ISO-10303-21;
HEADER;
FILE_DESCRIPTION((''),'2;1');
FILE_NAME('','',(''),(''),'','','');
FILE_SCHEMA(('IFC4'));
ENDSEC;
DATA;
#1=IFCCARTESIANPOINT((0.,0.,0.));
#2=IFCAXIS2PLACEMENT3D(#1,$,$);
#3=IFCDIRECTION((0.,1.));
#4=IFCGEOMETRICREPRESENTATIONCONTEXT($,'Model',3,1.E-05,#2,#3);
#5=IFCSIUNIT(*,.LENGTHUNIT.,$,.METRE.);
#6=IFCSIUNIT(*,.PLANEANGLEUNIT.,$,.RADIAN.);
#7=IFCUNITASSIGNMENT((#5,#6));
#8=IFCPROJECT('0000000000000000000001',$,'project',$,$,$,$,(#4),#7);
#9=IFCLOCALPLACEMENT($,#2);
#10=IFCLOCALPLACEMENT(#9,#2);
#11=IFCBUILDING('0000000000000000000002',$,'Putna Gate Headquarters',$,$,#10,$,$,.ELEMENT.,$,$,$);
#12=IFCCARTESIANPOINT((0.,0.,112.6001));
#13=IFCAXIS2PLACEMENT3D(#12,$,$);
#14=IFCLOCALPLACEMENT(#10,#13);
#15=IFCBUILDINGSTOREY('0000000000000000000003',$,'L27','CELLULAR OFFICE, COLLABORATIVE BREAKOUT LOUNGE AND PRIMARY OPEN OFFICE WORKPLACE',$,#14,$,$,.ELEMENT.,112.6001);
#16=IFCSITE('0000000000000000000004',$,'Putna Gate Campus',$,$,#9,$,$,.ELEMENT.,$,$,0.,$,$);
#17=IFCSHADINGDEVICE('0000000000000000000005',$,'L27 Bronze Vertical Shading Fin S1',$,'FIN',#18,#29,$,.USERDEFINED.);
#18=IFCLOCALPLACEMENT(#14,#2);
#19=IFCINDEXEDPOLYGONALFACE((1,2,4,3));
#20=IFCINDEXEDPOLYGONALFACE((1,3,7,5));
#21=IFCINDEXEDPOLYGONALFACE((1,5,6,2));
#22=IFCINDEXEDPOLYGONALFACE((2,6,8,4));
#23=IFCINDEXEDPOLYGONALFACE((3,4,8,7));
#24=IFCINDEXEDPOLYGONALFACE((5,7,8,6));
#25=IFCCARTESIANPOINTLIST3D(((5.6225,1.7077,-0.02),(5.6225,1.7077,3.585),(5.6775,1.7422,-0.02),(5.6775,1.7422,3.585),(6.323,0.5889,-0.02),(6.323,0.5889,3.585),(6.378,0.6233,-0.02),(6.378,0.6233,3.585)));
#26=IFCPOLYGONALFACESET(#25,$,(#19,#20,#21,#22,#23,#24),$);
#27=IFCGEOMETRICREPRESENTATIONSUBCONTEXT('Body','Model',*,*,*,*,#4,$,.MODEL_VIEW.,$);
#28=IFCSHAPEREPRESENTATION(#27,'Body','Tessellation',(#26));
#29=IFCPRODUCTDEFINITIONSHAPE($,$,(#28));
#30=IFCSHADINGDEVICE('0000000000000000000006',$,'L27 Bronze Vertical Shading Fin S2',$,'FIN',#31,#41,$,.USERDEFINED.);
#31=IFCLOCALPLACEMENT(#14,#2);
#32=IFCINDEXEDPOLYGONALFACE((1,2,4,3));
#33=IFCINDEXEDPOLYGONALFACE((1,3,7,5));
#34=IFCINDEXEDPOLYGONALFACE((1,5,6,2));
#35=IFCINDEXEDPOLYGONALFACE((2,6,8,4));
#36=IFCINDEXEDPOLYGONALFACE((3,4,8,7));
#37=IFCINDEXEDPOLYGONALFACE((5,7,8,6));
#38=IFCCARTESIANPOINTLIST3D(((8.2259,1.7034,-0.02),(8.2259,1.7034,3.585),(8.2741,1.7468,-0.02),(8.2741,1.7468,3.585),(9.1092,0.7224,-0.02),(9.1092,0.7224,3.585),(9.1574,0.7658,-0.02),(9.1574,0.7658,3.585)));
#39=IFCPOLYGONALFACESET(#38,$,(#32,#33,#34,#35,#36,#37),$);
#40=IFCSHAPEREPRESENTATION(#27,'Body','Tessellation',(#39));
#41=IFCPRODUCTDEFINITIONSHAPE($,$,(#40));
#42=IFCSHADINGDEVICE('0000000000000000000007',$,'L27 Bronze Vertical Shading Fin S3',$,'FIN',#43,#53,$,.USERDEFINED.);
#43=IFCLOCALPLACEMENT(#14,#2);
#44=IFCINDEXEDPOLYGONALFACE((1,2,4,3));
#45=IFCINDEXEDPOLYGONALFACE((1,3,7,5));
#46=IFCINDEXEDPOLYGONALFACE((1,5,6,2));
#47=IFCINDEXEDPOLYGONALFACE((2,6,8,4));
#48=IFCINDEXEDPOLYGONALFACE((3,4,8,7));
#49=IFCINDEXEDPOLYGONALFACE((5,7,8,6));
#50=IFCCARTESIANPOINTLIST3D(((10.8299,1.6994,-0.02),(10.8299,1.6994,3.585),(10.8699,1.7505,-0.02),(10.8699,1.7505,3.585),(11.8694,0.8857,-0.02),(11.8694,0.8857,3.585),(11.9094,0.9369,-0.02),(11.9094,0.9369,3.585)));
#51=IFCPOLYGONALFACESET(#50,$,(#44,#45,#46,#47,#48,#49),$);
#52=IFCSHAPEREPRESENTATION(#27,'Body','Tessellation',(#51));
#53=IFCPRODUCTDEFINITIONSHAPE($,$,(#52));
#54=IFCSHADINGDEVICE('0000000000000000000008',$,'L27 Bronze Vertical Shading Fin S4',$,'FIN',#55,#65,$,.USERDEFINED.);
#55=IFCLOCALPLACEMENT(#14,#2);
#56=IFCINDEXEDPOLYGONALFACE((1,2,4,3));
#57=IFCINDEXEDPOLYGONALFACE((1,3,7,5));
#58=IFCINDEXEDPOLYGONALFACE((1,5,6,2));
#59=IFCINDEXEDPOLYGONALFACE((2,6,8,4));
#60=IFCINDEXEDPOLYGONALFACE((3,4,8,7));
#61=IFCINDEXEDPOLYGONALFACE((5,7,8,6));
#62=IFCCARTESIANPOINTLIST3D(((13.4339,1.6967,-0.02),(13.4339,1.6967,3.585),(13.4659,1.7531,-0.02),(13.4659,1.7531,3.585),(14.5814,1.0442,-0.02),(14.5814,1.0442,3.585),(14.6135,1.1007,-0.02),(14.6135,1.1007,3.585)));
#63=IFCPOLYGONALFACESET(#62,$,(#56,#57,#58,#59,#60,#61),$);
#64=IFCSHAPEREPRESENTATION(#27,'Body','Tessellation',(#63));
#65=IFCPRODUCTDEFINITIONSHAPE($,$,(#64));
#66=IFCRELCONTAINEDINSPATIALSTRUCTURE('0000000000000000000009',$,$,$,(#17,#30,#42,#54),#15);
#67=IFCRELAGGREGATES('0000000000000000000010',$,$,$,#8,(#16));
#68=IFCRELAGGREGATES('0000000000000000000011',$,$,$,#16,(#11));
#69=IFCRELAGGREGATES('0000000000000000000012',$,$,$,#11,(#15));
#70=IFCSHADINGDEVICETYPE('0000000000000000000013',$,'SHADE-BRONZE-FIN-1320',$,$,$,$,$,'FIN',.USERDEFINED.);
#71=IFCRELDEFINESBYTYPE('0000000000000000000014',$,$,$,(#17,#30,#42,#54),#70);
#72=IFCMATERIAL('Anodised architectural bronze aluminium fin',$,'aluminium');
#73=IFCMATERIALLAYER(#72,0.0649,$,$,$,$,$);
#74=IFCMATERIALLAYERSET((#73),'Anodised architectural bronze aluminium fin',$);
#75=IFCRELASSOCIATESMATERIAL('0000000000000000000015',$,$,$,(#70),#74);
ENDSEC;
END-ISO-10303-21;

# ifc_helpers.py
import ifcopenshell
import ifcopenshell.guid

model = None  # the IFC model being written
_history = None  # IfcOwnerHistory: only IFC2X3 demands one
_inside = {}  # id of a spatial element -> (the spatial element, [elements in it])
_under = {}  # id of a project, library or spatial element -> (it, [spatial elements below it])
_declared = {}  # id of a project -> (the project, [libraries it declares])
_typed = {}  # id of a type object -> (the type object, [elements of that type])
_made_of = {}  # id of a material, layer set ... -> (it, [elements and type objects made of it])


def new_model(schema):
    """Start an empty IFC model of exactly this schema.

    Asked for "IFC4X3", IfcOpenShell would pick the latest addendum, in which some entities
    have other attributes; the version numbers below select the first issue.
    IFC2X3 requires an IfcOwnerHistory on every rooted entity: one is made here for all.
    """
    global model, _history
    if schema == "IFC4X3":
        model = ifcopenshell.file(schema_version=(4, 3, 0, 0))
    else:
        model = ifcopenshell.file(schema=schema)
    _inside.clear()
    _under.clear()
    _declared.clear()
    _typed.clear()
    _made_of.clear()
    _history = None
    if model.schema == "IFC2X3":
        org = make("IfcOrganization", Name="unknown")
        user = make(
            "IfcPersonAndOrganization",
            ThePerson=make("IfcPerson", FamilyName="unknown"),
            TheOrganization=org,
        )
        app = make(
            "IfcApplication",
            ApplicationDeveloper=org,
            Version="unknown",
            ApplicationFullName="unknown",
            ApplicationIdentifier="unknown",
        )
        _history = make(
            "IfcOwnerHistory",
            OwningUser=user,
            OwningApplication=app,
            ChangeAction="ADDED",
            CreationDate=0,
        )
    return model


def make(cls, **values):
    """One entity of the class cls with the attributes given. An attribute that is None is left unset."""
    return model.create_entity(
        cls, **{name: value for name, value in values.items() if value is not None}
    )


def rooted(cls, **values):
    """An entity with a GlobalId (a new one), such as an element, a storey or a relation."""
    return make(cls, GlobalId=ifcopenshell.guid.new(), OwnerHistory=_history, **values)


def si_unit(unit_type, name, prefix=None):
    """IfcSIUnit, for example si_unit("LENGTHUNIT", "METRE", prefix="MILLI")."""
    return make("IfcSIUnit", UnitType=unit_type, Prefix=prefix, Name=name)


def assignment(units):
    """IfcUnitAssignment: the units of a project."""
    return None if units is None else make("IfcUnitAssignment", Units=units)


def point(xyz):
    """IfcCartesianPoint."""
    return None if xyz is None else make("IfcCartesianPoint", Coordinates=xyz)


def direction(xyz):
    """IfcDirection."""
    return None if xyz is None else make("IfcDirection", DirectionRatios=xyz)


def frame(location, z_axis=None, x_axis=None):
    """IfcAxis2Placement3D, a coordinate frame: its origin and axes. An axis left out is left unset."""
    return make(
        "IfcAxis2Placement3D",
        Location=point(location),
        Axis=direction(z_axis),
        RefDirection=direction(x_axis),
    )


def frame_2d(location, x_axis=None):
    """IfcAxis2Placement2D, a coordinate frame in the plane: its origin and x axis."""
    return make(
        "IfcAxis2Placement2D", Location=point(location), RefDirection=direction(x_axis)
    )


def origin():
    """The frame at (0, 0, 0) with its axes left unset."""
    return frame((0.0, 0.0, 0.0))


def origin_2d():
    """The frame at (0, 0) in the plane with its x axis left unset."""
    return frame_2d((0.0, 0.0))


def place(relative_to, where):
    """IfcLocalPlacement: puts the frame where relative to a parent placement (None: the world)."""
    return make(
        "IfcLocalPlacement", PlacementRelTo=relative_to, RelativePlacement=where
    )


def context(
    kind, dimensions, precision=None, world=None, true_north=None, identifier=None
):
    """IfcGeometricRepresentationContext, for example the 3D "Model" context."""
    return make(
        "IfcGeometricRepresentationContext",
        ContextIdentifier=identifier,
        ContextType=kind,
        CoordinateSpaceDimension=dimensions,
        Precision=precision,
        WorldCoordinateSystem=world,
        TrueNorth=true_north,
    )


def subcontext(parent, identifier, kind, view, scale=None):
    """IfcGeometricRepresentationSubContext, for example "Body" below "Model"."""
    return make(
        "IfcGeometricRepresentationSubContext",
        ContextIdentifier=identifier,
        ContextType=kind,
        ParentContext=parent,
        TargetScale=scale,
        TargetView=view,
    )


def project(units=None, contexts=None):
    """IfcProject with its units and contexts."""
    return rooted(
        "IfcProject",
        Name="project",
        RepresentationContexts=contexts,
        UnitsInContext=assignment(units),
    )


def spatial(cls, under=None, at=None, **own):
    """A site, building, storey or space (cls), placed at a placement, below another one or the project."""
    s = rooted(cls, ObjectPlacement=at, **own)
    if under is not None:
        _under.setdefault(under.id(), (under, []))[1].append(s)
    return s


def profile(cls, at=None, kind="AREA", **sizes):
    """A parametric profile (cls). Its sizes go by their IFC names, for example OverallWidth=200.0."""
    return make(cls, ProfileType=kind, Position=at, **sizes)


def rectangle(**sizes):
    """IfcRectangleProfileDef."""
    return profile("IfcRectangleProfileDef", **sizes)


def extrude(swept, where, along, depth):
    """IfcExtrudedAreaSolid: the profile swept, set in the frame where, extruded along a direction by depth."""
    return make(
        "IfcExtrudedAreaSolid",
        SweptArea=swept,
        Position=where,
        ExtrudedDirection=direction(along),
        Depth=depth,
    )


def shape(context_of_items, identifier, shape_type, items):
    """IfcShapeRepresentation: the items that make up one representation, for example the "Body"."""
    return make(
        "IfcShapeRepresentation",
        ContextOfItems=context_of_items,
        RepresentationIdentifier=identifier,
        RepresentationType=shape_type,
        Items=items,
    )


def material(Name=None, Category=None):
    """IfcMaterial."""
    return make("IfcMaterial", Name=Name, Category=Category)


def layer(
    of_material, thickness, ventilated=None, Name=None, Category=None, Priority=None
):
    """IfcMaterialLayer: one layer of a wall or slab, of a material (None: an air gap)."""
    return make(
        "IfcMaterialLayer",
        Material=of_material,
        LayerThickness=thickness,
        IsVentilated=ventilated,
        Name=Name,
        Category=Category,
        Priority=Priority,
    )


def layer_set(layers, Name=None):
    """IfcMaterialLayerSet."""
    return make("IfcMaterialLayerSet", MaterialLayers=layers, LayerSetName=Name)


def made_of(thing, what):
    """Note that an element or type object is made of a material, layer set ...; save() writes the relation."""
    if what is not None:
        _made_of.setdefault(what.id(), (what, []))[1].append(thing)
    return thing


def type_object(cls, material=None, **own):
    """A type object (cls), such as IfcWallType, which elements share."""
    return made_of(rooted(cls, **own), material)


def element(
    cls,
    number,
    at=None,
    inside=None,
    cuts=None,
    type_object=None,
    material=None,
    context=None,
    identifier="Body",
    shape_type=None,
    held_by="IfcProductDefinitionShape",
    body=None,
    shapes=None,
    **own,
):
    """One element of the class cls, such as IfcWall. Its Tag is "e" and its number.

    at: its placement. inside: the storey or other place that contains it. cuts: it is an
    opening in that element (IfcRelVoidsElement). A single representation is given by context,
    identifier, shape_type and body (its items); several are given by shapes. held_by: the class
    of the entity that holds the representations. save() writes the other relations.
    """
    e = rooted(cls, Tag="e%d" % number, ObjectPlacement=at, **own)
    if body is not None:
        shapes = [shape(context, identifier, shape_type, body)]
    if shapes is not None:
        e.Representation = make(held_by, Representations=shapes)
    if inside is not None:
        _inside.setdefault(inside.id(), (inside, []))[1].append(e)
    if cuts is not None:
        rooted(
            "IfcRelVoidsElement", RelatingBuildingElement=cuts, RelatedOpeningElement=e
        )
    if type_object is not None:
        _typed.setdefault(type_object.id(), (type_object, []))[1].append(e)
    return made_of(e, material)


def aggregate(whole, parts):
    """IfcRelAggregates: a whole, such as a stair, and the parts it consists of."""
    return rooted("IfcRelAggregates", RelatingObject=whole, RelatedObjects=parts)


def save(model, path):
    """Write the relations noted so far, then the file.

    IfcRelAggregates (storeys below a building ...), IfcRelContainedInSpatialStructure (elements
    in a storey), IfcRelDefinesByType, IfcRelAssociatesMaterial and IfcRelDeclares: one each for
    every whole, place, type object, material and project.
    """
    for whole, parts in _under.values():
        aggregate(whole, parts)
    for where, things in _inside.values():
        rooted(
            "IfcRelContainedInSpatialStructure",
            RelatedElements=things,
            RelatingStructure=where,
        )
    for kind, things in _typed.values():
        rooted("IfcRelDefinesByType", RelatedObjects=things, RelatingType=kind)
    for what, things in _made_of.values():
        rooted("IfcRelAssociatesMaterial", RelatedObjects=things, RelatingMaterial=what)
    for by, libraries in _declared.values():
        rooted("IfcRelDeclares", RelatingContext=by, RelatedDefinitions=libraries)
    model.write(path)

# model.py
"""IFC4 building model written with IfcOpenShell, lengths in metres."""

from ifc_helpers import new_model, si_unit, direction, frame, origin, origin_2d, place, context, subcontext, project, spatial, rectangle, extrude, material, layer, layer_set, type_object, element, save


model = new_model("IFC4")

# Units and contexts
model_context = context("Model", 3, precision=1e-05, world=origin(), true_north=direction((0.0, 1.0)))
body_context = subcontext(model_context, "Body", "Model", "MODEL_VIEW")
ifc_project = project(units=[si_unit("LENGTHUNIT", "METRE"), si_unit("PLANEANGLEUNIT", "RADIAN")], contexts=[model_context])

# Site, building, storey
site_placement = place(None, origin())
site = spatial("IfcSite", under=ifc_project, at=site_placement, Name="Putna Gate Campus", CompositionType="ELEMENT", RefElevation=0.0)
building_placement = place(site_placement, origin())
building = spatial("IfcBuilding", under=site, at=building_placement, Name="Putna Gate Headquarters", CompositionType="ELEMENT")
storey_placement = place(building_placement, frame((0.0, 0.0, 112.6001)))
storey = spatial("IfcBuildingStorey", under=building, at=storey_placement, Name="L27", Description="CELLULAR OFFICE, COLLABORATIVE BREAKOUT LOUNGE AND PRIMARY OPEN OFFICE WORKPLACE", CompositionType="ELEMENT", Elevation=112.6001)

# Shading devices
ifc_material_1 = material(Name="Anodised architectural bronze aluminium fin", Category="aluminium")
ifc_layer_1 = layer(ifc_material_1, 0.0649)
ifc_layer_set_1 = layer_set([ifc_layer_1], Name="Anodised architectural bronze aluminium fin")
shading_device_type = type_object("IfcShadingDeviceType", Name="SHADE-BRONZE-FIN-1320", ElementType="FIN", PredefinedType="USERDEFINED", material=ifc_layer_set_1)
for number, where, z_axis, x_axis, name in (
    (1, (6.0002, 1.1655, -0.02), (0.0, 0.0, 1.0), (0.530659, -0.847585, 0.0), "L27 Bronze Vertical Shading Fin S1"),
    (2, (8.6917, 1.2346, -0.02), (0.0, 0.0, 1.0), (0.669131, -0.743145, 0.0), "L27 Bronze Vertical Shading Fin S2"),
    (3, (11.3696, 1.3181, -0.02), (0.0, 0.0, 1.0), (0.787473, -0.616349, 0.0), "L27 Bronze Vertical Shading Fin S3"),
    (4, (14.0237, 1.3987, -0.02), (0.0, 0.0, 1.0), (0.869322, -0.494245, 0.0), "L27 Bronze Vertical Shading Fin S4"),
):
    element("IfcShadingDevice", number, at=place(storey_placement, frame(where, z_axis=z_axis, x_axis=x_axis)), inside=storey, type_object=shading_device_type, Name=name, ObjectType="FIN", PredefinedType="USERDEFINED", context=body_context, shape_type="SweptSolid", body=[
        extrude(rectangle(XDim=1.3201, YDim=0.0649, at=origin_2d()), origin(), (0.0, 0.0, 1.0), 3.605),
    ])

save(model, "model.ifc")
